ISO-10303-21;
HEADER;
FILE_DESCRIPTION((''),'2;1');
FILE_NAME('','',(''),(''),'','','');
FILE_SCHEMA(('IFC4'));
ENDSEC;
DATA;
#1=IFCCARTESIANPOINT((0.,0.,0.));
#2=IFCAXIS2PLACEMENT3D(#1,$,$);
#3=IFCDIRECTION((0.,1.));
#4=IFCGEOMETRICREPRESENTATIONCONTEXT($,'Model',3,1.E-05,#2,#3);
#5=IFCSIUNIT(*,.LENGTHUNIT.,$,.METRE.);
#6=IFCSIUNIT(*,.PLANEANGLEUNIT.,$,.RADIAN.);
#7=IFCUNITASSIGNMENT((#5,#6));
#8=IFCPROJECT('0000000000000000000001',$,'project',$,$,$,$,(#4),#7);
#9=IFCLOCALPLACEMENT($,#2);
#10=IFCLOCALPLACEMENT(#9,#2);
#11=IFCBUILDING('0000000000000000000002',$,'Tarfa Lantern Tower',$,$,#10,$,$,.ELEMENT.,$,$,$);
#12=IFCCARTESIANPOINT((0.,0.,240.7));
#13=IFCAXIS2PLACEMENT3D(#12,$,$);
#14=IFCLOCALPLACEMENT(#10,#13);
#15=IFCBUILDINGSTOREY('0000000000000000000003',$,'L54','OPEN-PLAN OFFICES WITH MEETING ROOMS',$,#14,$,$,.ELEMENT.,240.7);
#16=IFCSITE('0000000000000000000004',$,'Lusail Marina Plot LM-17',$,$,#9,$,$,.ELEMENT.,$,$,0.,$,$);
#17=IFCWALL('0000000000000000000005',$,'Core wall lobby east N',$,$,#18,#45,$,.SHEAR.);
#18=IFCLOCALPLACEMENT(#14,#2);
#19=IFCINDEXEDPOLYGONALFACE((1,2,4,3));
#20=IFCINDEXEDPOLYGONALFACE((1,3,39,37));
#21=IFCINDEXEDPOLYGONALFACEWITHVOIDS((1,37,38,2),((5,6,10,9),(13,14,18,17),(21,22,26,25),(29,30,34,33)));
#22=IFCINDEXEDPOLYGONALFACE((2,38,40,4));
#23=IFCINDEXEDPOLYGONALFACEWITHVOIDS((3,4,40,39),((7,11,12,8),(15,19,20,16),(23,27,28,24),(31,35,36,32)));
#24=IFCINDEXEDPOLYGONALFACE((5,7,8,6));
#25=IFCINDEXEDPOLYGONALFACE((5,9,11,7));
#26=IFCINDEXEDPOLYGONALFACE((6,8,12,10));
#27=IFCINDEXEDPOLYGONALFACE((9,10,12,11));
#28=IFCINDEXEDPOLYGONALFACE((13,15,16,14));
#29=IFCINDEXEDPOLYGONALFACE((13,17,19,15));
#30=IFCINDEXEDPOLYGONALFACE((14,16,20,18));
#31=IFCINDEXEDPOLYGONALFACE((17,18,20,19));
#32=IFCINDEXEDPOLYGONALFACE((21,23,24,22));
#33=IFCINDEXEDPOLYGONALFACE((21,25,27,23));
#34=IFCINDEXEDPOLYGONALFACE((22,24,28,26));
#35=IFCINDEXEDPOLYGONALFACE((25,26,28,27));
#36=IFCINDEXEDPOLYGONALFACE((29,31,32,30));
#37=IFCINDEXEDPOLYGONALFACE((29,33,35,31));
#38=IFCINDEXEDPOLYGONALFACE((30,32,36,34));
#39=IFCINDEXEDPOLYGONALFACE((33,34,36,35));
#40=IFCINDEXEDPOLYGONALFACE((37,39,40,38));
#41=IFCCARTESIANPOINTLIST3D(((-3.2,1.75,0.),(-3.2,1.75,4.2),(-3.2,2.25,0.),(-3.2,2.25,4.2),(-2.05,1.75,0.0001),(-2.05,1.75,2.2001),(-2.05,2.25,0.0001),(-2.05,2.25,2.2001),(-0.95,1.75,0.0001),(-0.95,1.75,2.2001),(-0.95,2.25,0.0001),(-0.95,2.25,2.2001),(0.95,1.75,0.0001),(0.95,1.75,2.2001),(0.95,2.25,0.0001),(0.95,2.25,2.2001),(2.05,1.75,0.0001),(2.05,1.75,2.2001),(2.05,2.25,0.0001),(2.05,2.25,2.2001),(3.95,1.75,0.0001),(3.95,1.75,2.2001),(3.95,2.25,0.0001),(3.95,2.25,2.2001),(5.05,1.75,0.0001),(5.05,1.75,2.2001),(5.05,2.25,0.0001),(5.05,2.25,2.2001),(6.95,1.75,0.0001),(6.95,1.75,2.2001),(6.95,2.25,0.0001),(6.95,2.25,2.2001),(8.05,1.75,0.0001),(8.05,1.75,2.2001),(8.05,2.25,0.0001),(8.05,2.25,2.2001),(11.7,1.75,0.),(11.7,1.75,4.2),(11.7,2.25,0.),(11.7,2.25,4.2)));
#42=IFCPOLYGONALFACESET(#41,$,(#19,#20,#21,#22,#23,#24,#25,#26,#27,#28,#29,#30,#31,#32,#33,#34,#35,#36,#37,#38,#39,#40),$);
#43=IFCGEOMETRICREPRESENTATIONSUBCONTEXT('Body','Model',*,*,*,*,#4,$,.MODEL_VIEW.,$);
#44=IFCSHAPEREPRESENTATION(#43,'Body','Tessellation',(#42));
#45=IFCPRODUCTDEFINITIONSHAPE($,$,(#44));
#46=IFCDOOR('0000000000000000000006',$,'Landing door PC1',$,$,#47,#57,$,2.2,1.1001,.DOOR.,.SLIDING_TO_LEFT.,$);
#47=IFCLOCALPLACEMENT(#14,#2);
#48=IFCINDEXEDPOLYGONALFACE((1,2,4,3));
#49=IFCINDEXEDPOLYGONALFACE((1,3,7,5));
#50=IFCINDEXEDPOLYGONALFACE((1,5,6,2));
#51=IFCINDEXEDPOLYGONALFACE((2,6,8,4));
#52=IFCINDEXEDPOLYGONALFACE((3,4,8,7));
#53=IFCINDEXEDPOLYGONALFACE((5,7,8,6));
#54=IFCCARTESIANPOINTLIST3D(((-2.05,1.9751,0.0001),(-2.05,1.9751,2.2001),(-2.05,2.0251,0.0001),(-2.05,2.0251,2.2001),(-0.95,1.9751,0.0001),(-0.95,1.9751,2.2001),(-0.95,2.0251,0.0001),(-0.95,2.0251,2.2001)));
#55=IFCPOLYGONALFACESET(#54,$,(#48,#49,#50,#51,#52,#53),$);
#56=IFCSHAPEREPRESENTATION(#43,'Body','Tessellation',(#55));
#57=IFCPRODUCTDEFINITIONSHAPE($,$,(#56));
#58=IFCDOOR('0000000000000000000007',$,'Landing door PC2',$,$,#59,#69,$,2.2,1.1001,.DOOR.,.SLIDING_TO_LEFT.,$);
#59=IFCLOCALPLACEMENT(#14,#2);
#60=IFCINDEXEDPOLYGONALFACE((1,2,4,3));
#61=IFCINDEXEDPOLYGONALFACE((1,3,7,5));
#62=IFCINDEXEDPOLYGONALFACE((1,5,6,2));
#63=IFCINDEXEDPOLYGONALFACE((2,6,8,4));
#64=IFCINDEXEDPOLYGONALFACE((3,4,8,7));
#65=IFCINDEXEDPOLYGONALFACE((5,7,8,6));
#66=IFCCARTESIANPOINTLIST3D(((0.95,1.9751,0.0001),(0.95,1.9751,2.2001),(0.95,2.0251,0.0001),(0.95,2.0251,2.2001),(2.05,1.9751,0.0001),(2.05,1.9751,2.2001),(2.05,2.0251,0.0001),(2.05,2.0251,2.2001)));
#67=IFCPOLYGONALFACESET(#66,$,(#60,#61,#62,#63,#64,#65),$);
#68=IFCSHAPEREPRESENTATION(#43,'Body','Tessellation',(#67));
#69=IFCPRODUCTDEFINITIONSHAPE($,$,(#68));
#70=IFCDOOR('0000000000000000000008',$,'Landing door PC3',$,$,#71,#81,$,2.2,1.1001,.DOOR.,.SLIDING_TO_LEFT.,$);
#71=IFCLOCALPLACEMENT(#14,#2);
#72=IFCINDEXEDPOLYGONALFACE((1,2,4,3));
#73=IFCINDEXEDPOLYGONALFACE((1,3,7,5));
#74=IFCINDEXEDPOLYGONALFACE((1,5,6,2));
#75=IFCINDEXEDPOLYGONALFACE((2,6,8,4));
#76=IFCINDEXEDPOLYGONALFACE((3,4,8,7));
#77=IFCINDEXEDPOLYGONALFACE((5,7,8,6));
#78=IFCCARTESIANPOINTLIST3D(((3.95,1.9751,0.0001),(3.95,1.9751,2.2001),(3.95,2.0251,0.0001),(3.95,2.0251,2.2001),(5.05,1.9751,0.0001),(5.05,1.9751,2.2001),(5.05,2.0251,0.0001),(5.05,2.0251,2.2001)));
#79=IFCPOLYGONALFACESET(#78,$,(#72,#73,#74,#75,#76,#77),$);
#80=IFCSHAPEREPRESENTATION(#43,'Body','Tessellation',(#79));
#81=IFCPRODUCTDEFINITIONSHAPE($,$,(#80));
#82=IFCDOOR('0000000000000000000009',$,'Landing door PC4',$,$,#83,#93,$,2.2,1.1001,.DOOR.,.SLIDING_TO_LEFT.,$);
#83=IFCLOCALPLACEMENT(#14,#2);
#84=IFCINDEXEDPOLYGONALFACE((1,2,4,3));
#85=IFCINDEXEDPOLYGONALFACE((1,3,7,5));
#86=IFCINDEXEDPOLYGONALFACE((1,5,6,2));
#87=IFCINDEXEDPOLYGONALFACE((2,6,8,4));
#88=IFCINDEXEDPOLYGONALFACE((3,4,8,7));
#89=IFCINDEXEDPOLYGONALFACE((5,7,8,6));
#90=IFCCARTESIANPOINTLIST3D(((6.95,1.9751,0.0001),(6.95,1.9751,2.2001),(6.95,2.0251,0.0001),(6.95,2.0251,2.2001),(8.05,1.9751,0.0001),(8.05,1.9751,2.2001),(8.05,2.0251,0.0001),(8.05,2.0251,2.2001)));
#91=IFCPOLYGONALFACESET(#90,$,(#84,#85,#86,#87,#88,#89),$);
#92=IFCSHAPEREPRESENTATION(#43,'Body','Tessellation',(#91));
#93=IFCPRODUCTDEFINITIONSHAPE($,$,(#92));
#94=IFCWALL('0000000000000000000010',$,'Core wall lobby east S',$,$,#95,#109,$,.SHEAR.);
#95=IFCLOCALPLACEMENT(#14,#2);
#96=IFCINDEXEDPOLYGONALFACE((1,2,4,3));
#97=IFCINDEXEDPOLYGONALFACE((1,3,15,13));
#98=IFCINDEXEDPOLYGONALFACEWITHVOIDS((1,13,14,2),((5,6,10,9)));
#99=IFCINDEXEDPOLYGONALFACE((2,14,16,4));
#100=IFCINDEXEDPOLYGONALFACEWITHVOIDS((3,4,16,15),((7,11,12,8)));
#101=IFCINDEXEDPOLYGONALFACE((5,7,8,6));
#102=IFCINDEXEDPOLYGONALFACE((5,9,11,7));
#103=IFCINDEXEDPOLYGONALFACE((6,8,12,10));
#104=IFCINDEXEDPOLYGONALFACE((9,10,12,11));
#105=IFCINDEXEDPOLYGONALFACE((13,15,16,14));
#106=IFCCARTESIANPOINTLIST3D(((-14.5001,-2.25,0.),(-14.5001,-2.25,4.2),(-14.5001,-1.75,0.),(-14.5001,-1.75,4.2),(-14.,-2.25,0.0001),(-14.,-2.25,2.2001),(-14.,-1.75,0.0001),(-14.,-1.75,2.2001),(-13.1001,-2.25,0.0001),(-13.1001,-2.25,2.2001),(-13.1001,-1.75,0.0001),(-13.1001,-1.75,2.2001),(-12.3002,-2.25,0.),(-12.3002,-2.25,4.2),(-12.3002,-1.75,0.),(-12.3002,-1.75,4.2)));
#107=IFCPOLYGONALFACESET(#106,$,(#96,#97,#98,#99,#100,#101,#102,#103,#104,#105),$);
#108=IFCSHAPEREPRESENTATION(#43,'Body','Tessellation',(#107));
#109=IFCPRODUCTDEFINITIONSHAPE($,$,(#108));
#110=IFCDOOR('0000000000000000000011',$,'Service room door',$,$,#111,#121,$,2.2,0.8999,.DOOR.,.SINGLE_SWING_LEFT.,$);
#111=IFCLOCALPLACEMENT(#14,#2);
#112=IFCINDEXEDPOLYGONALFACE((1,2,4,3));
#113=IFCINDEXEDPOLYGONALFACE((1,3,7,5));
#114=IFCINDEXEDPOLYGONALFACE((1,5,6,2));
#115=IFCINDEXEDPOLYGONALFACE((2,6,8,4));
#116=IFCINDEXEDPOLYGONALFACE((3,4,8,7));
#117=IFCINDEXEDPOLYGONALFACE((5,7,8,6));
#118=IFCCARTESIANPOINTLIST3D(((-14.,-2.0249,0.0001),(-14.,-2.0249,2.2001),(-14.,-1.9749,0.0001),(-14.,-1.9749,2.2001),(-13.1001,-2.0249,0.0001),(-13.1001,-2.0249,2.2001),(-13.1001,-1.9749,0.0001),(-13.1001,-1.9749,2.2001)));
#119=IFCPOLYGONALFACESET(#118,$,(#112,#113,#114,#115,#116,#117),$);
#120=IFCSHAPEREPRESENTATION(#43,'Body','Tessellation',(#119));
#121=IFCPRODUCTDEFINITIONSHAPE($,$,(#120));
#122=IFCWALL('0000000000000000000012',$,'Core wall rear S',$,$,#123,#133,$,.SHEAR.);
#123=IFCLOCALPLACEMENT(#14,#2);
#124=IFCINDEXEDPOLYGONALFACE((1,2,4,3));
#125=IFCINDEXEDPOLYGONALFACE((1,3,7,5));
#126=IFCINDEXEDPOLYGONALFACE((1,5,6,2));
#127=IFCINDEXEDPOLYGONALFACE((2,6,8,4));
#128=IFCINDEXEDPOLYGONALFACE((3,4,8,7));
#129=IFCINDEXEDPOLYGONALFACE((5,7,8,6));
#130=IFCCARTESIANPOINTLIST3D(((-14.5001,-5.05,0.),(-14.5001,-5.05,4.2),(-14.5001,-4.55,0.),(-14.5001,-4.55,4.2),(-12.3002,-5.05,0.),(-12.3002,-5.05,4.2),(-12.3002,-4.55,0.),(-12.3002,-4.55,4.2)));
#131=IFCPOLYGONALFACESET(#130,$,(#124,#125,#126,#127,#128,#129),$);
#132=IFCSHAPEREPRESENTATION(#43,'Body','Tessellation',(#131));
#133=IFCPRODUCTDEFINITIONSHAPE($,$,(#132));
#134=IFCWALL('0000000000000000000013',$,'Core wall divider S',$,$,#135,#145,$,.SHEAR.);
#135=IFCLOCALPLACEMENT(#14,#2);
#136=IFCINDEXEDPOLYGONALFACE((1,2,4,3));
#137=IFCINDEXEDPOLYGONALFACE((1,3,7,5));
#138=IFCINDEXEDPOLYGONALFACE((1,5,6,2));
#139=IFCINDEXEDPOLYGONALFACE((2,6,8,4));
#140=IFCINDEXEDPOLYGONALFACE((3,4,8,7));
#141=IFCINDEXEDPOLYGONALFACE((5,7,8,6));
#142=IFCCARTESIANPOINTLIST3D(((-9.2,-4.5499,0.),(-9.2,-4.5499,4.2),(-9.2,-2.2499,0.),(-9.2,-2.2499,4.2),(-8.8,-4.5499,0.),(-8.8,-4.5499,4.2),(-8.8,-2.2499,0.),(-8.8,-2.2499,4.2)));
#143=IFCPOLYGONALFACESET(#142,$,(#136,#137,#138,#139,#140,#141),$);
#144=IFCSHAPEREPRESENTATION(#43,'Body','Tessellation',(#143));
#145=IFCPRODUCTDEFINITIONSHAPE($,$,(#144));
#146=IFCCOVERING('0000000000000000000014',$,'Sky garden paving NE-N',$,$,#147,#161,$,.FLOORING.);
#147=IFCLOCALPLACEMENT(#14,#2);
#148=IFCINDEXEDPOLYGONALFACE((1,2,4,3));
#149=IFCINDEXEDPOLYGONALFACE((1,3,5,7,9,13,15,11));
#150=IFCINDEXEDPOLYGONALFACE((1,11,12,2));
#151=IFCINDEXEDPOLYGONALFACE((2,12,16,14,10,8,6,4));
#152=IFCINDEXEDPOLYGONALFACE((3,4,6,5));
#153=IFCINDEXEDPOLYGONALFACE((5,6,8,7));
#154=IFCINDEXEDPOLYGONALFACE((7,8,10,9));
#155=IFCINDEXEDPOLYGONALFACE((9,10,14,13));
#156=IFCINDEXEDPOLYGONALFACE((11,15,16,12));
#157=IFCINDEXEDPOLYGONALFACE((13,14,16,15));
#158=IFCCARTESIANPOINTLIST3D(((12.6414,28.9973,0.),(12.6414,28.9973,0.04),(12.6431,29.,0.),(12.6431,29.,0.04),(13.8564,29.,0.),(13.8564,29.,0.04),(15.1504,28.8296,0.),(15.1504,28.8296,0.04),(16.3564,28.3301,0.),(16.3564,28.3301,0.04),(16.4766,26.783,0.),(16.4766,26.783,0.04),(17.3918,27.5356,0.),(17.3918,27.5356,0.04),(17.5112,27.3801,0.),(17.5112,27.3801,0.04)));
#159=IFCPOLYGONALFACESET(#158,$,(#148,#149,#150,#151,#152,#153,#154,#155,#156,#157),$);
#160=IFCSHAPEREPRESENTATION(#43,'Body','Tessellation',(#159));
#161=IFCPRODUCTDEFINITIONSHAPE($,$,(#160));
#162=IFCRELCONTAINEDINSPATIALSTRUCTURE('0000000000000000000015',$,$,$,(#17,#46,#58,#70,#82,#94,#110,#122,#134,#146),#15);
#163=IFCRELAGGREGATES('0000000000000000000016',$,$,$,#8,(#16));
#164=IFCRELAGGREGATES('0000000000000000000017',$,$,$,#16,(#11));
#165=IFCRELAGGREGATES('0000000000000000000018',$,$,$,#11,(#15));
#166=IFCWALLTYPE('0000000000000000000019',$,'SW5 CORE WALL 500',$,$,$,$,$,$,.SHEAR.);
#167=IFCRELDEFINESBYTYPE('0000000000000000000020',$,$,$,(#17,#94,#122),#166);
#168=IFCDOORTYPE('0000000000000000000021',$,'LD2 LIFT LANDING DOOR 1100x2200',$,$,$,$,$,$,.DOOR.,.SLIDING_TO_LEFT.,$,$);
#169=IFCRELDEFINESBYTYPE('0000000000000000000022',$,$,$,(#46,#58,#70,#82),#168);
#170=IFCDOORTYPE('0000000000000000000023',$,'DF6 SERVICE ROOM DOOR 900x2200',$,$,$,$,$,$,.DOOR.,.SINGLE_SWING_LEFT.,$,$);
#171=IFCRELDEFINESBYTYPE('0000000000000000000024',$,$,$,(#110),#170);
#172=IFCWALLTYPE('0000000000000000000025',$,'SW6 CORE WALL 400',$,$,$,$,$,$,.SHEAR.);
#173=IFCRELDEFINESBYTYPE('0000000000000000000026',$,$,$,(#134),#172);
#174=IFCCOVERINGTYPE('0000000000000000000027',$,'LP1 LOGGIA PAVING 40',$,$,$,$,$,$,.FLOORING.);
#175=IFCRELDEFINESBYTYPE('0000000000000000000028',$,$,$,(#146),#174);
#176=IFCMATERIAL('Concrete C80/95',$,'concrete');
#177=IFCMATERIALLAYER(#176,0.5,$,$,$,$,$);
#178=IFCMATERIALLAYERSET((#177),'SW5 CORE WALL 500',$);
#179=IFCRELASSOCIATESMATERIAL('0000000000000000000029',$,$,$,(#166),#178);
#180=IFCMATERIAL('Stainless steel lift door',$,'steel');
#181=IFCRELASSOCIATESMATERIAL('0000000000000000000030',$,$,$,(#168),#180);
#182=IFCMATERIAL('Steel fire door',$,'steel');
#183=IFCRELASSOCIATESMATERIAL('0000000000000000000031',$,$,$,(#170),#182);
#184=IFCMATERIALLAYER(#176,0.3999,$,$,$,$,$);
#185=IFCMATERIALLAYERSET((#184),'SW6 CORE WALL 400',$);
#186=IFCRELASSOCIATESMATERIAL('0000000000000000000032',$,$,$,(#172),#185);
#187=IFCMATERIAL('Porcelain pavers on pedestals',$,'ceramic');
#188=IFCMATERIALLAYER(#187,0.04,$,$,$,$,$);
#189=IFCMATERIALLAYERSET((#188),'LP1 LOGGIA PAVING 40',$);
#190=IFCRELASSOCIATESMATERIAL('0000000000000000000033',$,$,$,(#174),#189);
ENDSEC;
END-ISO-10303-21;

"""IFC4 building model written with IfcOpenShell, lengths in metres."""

from ifc_helpers import new_model, si_unit, direction, frame, frame_2d, origin, place, context, subcontext, project, spatial, polyline, rectangle, outline, extrude, material, layer, layer_set, type_object, element, fill, save


model = new_model("IFC4")

# Units and contexts
model_context = context("Model", 3, precision=1e-05, world=origin(), true_north=direction((0.0, 1.0)))
body_context = subcontext(model_context, "Body", "Model", "MODEL_VIEW")
ifc_project = project(units=[si_unit("LENGTHUNIT", "METRE"), si_unit("PLANEANGLEUNIT", "RADIAN")], contexts=[model_context])

# Site, building, storey
site_placement = place(None, origin())
site = spatial("IfcSite", under=ifc_project, at=site_placement, Name="Lusail Marina Plot LM-17", CompositionType="ELEMENT", RefElevation=0.0)
building_placement = place(site_placement, origin())
building = spatial("IfcBuilding", under=site, at=building_placement, Name="Tarfa Lantern Tower", CompositionType="ELEMENT")
storey_placement = place(building_placement, frame((0.0, 0.0, 240.7)))
storey = spatial("IfcBuildingStorey", under=building, at=storey_placement, Name="L54", Description="OPEN-PLAN OFFICES WITH MEETING ROOMS", CompositionType="ELEMENT", Elevation=240.7)

# Shared definitions
ifc_material_1 = material(Name="Concrete C80/95", Category="concrete")
ifc_layer_1 = layer(ifc_material_1, 0.5)
ifc_layer_set_1 = layer_set([ifc_layer_1], Name="SW5 CORE WALL 500")
wall_type_1 = type_object("IfcWallType", Name="SW5 CORE WALL 500", PredefinedType="SHEAR", material=ifc_layer_set_1)

# Wall, openings, doors
wall_1_placement = place(storey_placement, frame((-3.2, 2.0, 0.0), z_axis=(0.0, 0.0, 1.0), x_axis=(1.0, 0.0, 0.0)))
wall_1 = element("IfcWall", 1, at=wall_1_placement, inside=storey, type_object=wall_type_1, Name="Core wall lobby east N", PredefinedType="SHEAR", context=body_context, shape_type="SweptSolid", body=[
    extrude(rectangle(XDim=14.8999, YDim=0.5, at=frame_2d((7.45, 0.0))), origin(), (0.0, 0.0, 1.0), 4.2),
])
opening_1_placement = place(wall_1_placement, frame((1.1499, 0.0, 0.0)))
opening_1 = element("IfcOpeningElement", 2, at=opening_1_placement, cuts=wall_1, PredefinedType="OPENING", context=body_context, shape_type="SweptSolid", body=[
    extrude(rectangle(XDim=1.1001, YDim=2.2, at=frame_2d((0.55, 1.1001))), frame((0.0, 0.26, 0.0), z_axis=(0.0, -1.0, 0.0), x_axis=(1.0, 0.0, 0.0)), (0.0, 0.0, 1.0), 0.52),
])
opening_2_placement = place(wall_1_placement, frame((4.1499, 0.0, 0.0)))
opening_2 = element("IfcOpeningElement", 3, at=opening_2_placement, cuts=wall_1, PredefinedType="OPENING", context=body_context, shape_type="SweptSolid", body=[
    extrude(rectangle(XDim=1.1001, YDim=2.2, at=frame_2d((0.55, 1.1001))), frame((0.0, 0.26, 0.0), z_axis=(0.0, -1.0, 0.0), x_axis=(1.0, 0.0, 0.0)), (0.0, 0.0, 1.0), 0.52),
])
opening_3_placement = place(wall_1_placement, frame((7.1499, 0.0, 0.0)))
opening_3 = element("IfcOpeningElement", 4, at=opening_3_placement, cuts=wall_1, PredefinedType="OPENING", context=body_context, shape_type="SweptSolid", body=[
    extrude(rectangle(XDim=1.1001, YDim=2.2, at=frame_2d((0.55, 1.1001))), frame((0.0, 0.26, 0.0), z_axis=(0.0, -1.0, 0.0), x_axis=(1.0, 0.0, 0.0)), (0.0, 0.0, 1.0), 0.52),
])
opening_4_placement = place(wall_1_placement, frame((10.1499, 0.0, 0.0)))
opening_4 = element("IfcOpeningElement", 5, at=opening_4_placement, cuts=wall_1, PredefinedType="OPENING", context=body_context, shape_type="SweptSolid", body=[
    extrude(rectangle(XDim=1.1001, YDim=2.2, at=frame_2d((0.55, 1.1001))), frame((0.0, 0.26, 0.0), z_axis=(0.0, -1.0, 0.0), x_axis=(1.0, 0.0, 0.0)), (0.0, 0.0, 1.0), 0.52),
])
ifc_material_2 = material(Name="Stainless steel lift door", Category="steel")
door_type_1 = type_object("IfcDoorType", Name="LD2 LIFT LANDING DOOR 1100x2200", OperationType="SLIDING_TO_LEFT", PredefinedType="DOOR", material=ifc_material_2)
door_1_placement = place(opening_1_placement, frame((1.1001, 0.0, 0.0), z_axis=(0.0, 0.0, 1.0), x_axis=(-1.0, 0.0, 0.0)))
door_1 = element("IfcDoor", 6, at=door_1_placement, inside=storey, type_object=door_type_1, Name="Landing door PC1", OperationType="SLIDING_TO_LEFT", OverallHeight=2.2, OverallWidth=1.1001, PredefinedType="DOOR", context=body_context, shape_type="SweptSolid", body=[
    extrude(rectangle(XDim=1.1001, YDim=2.2, at=frame_2d((0.55, 1.1001))), frame((0.0, 0.0249, 0.0), z_axis=(0.0, -1.0, 0.0), x_axis=(1.0, 0.0, 0.0)), (0.0, 0.0, 1.0), 0.05),
])
fill(opening_1, door_1)
door_2_placement = place(opening_2_placement, frame((1.1001, 0.0, 0.0), z_axis=(0.0, 0.0, 1.0), x_axis=(-1.0, 0.0, 0.0)))
door_2 = element("IfcDoor", 7, at=door_2_placement, inside=storey, type_object=door_type_1, Name="Landing door PC2", OperationType="SLIDING_TO_LEFT", OverallHeight=2.2, OverallWidth=1.1001, PredefinedType="DOOR", context=body_context, shape_type="SweptSolid", body=[
    extrude(rectangle(XDim=1.1001, YDim=2.2, at=frame_2d((0.55, 1.1001))), frame((0.0, 0.0249, 0.0), z_axis=(0.0, -1.0, 0.0), x_axis=(1.0, 0.0, 0.0)), (0.0, 0.0, 1.0), 0.05),
])
fill(opening_2, door_2)
door_3_placement = place(opening_3_placement, frame((1.1001, 0.0, 0.0), z_axis=(0.0, 0.0, 1.0), x_axis=(-1.0, 0.0, 0.0)))
door_3 = element("IfcDoor", 8, at=door_3_placement, inside=storey, type_object=door_type_1, Name="Landing door PC3", OperationType="SLIDING_TO_LEFT", OverallHeight=2.2, OverallWidth=1.1001, PredefinedType="DOOR", context=body_context, shape_type="SweptSolid", body=[
    extrude(rectangle(XDim=1.1001, YDim=2.2, at=frame_2d((0.55, 1.1001))), frame((0.0, 0.0249, 0.0), z_axis=(0.0, -1.0, 0.0), x_axis=(1.0, 0.0, 0.0)), (0.0, 0.0, 1.0), 0.05),
])
fill(opening_3, door_3)
door_4_placement = place(opening_4_placement, frame((1.1001, 0.0, 0.0), z_axis=(0.0, 0.0, 1.0), x_axis=(-1.0, 0.0, 0.0)))
door_4 = element("IfcDoor", 9, at=door_4_placement, inside=storey, type_object=door_type_1, Name="Landing door PC4", OperationType="SLIDING_TO_LEFT", OverallHeight=2.2, OverallWidth=1.1001, PredefinedType="DOOR", context=body_context, shape_type="SweptSolid", body=[
    extrude(rectangle(XDim=1.1001, YDim=2.2, at=frame_2d((0.55, 1.1001))), frame((0.0, 0.0249, 0.0), z_axis=(0.0, -1.0, 0.0), x_axis=(1.0, 0.0, 0.0)), (0.0, 0.0, 1.0), 0.05),
])
fill(opening_4, door_4)

# Wall, opening, door
wall_2_placement = place(storey_placement, frame((-12.3, -2.0, 0.0), z_axis=(0.0, 0.0, 1.0), x_axis=(-1.0, 0.0, 0.0)))
wall_2 = element("IfcWall", 10, at=wall_2_placement, inside=storey, type_object=wall_type_1, Name="Core wall lobby east S", PredefinedType="SHEAR", context=body_context, shape_type="SweptSolid", body=[
    extrude(rectangle(XDim=2.2, YDim=0.5, at=frame_2d((1.1001, 0.0))), origin(), (0.0, 0.0, 1.0), 4.2),
])
opening_5_placement = place(wall_2_placement, frame((0.8, 0.0, 0.0)))
opening_5 = element("IfcOpeningElement", 11, at=opening_5_placement, cuts=wall_2, PredefinedType="OPENING", context=body_context, shape_type="SweptSolid", body=[
    extrude(rectangle(XDim=0.8999, YDim=2.2, at=frame_2d((0.45, 1.1001))), frame((0.0, 0.26, 0.0), z_axis=(0.0, -1.0, 0.0), x_axis=(1.0, 0.0, 0.0)), (0.0, 0.0, 1.0), 0.52),
])
ifc_material_3 = material(Name="Steel fire door", Category="steel")
door_type_2 = type_object("IfcDoorType", Name="DF6 SERVICE ROOM DOOR 900x2200", OperationType="SINGLE_SWING_LEFT", PredefinedType="DOOR", material=ifc_material_3)
door_5_placement = place(opening_5_placement, origin())
door_5 = element("IfcDoor", 12, at=door_5_placement, inside=storey, type_object=door_type_2, Name="Service room door", OperationType="SINGLE_SWING_LEFT", OverallHeight=2.2, OverallWidth=0.8999, PredefinedType="DOOR", context=body_context, shape_type="SweptSolid", body=[
    extrude(rectangle(XDim=0.8999, YDim=2.2, at=frame_2d((0.45, 1.1001))), frame((0.0, 0.0249, 0.0), z_axis=(0.0, -1.0, 0.0), x_axis=(1.0, 0.0, 0.0)), (0.0, 0.0, 1.0), 0.05),
])
fill(opening_5, door_5)

# Walls
wall_3_placement = place(storey_placement, frame((-12.3, -4.8, 0.0), z_axis=(0.0, 0.0, 1.0), x_axis=(-1.0, 0.0, 0.0)))
element("IfcWall", 13, at=wall_3_placement, inside=storey, type_object=wall_type_1, Name="Core wall rear S", PredefinedType="SHEAR", context=body_context, shape_type="SweptSolid", body=[
    extrude(rectangle(XDim=2.2, YDim=0.5, at=frame_2d((1.1001, 0.0))), origin(), (0.0, 0.0, 1.0), 4.2),
])
ifc_layer_2 = layer(ifc_material_1, 0.3999)
ifc_layer_set_2 = layer_set([ifc_layer_2], Name="SW6 CORE WALL 400")
wall_type_2 = type_object("IfcWallType", Name="SW6 CORE WALL 400", PredefinedType="SHEAR", material=ifc_layer_set_2)
wall_4_placement = place(storey_placement, frame((-9.0, -2.25, 0.0), z_axis=(0.0, 0.0, 1.0), x_axis=(0.0, -1.0, 0.0)))
element("IfcWall", 14, at=wall_4_placement, inside=storey, type_object=wall_type_2, Name="Core wall divider S", PredefinedType="SHEAR", context=body_context, shape_type="SweptSolid", body=[
    extrude(rectangle(XDim=2.3, YDim=0.3999, at=frame_2d((1.1499, 0.0))), origin(), (0.0, 0.0, 1.0), 4.2),
])

# Covering
ifc_material_4 = material(Name="Porcelain pavers on pedestals", Category="ceramic")
ifc_layer_3 = layer(ifc_material_4, 0.04)
ifc_layer_set_3 = layer_set([ifc_layer_3], Name="LP1 LOGGIA PAVING 40")
covering_type = type_object("IfcCoveringType", Name="LP1 LOGGIA PAVING 40", PredefinedType="FLOORING", material=ifc_layer_set_3)
covering_1_placement = place(storey_placement, origin())
element("IfcCovering", 15, at=covering_1_placement, inside=storey, type_object=covering_type, Name="Sky garden paving NE-N", PredefinedType="FLOORING", context=body_context, shape_type="SweptSolid", body=[
    extrude(outline(polyline([(15.1504, 28.8296), (16.3564, 28.3301), (17.3918, 27.5356), (17.5112, 27.3801), (16.4766, 26.783), (12.6414, 28.9973), (12.6431, 29.0), (13.8564, 29.0), (15.1504, 28.8296)])), origin(), (0.0, 0.0, 1.0), 0.04),
])

save(model, "model.ifc")
